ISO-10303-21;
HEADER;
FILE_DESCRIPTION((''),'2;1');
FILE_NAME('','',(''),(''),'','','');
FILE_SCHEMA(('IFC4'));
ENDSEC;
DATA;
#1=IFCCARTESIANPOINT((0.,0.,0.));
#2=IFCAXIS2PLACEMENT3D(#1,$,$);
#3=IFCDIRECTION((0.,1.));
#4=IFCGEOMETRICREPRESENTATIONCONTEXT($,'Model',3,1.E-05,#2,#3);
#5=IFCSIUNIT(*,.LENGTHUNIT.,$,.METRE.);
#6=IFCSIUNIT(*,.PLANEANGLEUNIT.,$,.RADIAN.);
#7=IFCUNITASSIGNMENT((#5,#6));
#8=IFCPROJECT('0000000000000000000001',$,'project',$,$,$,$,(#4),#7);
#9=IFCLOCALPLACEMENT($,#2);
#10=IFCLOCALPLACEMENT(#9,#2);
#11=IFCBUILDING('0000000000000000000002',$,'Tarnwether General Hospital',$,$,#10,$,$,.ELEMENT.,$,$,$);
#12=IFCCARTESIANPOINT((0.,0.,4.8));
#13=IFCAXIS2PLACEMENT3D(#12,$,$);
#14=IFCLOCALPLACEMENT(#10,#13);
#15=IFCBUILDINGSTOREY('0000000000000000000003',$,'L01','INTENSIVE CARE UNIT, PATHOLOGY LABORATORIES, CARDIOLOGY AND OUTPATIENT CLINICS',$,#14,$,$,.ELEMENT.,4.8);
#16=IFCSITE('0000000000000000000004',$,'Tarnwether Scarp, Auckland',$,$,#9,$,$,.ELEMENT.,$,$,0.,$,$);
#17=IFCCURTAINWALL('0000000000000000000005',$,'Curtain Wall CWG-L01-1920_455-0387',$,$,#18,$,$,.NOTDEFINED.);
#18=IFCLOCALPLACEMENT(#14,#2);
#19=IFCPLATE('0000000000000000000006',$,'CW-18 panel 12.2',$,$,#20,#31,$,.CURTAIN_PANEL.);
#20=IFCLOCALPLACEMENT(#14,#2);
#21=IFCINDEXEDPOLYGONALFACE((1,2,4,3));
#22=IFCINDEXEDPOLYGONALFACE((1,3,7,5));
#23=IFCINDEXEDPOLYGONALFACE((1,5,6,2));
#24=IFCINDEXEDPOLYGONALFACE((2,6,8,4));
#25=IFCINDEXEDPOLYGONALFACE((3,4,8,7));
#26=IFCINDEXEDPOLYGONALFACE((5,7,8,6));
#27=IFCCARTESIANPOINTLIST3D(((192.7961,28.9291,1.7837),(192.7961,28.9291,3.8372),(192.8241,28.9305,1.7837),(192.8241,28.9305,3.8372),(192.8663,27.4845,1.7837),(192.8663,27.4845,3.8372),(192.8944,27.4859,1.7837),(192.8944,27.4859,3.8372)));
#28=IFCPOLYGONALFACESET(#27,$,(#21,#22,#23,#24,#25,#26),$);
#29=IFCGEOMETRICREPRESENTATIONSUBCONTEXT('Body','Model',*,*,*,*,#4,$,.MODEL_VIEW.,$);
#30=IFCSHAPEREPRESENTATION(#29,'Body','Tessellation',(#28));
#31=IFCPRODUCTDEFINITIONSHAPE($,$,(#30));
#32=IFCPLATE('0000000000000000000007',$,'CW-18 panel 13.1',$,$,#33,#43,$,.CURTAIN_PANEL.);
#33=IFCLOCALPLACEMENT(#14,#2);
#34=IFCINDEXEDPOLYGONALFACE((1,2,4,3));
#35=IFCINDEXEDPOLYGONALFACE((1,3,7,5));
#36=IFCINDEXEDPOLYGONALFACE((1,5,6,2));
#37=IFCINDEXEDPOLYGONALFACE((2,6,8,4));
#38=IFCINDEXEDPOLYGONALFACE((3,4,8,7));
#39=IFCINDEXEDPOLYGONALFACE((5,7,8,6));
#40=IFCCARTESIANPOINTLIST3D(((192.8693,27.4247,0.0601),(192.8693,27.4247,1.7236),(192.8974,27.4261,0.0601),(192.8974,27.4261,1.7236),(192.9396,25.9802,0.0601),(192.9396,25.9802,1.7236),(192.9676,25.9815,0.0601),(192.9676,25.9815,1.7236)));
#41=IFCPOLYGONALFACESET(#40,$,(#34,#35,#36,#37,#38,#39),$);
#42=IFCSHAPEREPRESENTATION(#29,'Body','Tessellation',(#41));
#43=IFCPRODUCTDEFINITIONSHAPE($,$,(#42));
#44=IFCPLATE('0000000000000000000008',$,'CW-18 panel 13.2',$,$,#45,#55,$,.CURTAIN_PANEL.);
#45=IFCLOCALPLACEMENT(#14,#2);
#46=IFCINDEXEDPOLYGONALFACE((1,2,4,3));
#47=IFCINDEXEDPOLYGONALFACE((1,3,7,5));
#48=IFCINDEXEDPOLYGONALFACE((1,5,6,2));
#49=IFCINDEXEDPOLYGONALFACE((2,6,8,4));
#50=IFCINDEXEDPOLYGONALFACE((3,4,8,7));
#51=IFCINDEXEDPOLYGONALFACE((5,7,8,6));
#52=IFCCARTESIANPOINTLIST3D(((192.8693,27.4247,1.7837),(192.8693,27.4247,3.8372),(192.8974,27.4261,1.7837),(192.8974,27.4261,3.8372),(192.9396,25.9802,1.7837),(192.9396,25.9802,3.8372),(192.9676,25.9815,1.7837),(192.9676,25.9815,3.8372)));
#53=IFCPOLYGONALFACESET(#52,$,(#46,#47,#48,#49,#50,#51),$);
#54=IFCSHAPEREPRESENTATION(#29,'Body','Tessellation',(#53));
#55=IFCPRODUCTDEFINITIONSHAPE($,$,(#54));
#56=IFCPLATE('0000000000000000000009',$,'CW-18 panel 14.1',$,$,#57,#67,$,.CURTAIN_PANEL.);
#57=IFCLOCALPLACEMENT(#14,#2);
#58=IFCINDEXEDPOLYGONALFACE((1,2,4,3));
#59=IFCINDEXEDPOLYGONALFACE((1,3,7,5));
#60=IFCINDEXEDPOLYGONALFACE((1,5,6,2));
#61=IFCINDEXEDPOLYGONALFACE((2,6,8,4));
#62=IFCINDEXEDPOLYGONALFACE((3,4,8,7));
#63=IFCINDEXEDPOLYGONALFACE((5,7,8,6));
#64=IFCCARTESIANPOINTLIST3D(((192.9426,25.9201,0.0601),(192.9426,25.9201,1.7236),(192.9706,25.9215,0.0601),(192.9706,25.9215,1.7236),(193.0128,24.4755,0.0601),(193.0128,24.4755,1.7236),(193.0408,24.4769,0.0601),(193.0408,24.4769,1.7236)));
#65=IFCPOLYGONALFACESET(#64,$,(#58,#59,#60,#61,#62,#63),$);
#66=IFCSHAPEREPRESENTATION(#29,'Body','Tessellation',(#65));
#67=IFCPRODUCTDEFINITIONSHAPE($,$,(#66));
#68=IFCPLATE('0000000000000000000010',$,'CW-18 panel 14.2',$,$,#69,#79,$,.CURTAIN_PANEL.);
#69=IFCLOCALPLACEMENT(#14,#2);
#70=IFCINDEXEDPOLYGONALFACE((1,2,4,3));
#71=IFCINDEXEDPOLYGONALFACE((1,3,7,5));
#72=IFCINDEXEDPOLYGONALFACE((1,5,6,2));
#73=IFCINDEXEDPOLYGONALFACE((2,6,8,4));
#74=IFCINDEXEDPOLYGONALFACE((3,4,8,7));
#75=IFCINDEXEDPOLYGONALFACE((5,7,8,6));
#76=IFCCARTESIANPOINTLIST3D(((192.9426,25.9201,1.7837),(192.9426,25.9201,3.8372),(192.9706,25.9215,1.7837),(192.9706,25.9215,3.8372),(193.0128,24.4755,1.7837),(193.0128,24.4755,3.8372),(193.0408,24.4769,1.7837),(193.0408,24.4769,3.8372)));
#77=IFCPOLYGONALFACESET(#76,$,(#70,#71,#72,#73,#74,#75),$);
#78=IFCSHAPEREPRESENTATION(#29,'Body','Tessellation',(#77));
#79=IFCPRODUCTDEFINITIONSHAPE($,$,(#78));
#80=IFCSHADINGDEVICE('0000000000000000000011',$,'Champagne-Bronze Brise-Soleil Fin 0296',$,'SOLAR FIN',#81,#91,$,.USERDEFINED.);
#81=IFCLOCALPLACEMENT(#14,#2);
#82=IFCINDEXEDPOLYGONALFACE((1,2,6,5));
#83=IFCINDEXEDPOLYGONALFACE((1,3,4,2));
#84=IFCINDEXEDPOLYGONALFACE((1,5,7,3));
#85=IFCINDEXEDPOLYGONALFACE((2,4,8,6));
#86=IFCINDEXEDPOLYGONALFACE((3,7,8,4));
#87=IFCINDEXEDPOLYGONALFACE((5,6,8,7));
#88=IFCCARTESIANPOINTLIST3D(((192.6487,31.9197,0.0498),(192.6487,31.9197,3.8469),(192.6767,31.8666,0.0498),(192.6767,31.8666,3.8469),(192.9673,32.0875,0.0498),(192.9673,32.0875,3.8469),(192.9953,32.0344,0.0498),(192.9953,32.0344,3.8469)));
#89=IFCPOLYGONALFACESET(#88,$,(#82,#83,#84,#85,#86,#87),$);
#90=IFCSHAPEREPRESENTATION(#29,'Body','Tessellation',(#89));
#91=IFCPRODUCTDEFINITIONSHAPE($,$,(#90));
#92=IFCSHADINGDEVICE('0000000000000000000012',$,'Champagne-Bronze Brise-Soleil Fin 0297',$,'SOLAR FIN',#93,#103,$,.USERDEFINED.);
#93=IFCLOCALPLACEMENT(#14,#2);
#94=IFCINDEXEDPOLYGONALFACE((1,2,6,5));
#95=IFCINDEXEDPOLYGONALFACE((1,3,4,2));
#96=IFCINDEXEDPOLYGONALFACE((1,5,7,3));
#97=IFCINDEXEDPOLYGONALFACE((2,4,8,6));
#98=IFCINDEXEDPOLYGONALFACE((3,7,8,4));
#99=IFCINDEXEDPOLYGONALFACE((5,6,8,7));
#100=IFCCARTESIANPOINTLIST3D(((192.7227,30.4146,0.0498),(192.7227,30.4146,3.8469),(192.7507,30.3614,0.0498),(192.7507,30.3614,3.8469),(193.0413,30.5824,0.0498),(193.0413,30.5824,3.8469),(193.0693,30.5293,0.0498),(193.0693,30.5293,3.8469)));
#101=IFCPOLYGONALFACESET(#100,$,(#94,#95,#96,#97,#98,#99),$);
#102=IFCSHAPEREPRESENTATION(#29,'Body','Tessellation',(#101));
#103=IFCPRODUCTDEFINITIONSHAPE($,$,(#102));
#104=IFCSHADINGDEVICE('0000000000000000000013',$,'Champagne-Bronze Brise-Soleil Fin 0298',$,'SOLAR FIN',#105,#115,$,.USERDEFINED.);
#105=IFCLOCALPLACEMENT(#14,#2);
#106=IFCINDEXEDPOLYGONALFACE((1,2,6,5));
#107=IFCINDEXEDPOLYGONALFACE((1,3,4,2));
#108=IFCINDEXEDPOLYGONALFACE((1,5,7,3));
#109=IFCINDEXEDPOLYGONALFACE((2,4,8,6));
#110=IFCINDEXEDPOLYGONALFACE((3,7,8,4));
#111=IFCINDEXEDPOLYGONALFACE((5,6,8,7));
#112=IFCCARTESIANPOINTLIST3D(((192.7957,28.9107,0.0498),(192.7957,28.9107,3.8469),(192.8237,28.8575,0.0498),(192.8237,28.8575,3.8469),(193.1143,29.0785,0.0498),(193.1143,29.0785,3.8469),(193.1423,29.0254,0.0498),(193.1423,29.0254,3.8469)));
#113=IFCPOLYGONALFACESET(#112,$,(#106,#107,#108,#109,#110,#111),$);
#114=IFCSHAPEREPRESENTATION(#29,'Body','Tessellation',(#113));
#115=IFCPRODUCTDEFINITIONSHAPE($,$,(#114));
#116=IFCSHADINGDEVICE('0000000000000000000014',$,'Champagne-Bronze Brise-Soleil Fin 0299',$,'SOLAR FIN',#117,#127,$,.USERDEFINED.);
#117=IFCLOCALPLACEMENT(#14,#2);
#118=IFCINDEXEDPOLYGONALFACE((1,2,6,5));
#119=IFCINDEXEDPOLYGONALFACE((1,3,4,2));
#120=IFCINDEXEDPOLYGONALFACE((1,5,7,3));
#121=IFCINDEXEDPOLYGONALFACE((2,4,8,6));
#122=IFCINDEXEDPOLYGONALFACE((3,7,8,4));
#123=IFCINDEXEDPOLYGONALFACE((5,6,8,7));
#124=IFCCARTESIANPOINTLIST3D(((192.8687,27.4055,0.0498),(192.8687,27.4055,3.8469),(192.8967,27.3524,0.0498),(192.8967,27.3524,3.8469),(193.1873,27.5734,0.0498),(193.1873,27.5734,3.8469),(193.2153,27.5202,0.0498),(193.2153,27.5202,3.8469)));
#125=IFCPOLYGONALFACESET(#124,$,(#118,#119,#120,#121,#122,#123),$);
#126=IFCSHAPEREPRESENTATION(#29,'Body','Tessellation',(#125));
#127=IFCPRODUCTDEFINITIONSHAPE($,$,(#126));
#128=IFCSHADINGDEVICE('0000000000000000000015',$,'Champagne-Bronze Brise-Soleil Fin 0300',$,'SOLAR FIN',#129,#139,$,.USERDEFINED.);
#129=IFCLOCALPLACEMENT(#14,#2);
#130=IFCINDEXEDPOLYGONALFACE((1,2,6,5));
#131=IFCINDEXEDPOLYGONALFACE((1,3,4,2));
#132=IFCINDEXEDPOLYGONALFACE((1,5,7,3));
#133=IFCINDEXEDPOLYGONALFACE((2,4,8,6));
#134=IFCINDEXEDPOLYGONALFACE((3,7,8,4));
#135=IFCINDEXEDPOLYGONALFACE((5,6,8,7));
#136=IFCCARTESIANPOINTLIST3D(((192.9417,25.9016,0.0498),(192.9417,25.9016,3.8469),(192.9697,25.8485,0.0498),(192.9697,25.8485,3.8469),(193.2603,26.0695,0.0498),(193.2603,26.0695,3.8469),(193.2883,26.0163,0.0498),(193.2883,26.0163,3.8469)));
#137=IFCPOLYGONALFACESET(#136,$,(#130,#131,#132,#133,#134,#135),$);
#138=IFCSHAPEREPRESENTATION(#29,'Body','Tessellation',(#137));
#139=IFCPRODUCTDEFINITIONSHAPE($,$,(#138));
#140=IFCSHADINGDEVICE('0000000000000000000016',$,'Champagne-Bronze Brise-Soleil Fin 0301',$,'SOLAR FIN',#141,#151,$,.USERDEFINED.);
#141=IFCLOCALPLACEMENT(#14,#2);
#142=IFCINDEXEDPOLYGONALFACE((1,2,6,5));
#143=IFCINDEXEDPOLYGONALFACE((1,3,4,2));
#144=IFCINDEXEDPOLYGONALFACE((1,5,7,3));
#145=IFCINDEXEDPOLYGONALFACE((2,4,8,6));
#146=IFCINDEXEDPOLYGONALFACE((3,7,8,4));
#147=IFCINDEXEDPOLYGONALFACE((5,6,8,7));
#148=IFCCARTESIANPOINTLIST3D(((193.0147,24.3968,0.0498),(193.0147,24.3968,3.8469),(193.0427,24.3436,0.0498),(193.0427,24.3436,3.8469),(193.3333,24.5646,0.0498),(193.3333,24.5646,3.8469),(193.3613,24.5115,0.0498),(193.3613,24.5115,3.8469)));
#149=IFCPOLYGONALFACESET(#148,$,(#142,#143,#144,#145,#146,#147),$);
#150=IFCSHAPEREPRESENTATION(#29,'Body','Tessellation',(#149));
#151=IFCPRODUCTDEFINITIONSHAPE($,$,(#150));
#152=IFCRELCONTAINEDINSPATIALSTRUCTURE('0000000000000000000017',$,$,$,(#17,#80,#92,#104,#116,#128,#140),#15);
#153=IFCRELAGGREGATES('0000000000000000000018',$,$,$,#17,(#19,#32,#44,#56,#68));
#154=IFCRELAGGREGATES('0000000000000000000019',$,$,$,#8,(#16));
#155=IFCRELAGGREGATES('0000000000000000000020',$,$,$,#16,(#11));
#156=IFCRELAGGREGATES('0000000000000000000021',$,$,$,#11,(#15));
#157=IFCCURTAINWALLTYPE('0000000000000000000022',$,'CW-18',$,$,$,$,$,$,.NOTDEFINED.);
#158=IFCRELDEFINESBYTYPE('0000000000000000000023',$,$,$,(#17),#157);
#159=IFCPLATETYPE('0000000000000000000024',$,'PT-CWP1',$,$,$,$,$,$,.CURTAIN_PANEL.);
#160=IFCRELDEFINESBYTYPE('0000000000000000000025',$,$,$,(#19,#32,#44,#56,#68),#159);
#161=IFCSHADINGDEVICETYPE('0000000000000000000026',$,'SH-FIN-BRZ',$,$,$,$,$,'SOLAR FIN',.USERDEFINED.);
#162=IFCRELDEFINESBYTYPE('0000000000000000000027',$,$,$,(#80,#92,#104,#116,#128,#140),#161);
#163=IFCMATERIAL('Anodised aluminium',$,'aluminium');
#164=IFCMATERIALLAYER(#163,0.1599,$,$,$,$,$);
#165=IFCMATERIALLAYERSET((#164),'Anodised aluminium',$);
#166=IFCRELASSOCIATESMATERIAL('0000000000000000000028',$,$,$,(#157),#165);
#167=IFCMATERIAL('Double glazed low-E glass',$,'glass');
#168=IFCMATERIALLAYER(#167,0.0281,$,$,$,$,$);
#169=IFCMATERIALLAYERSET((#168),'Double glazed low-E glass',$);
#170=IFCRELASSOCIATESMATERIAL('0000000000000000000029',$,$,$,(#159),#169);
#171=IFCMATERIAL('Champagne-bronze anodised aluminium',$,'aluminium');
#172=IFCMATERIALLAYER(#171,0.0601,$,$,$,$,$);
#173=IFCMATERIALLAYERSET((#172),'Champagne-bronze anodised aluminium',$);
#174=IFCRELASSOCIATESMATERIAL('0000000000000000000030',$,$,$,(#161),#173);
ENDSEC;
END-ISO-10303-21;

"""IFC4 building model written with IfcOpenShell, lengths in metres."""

from ifc_helpers import new_model, si_unit, direction, frame, origin, origin_2d, place, context, subcontext, project, spatial, rectangle, extrude, material, layer, layer_set, type_object, element, aggregate, save


model = new_model("IFC4")

# Units and contexts
model_context = context("Model", 3, precision=1e-05, world=origin(), true_north=direction((0.0, 1.0)))
body_context = subcontext(model_context, "Body", "Model", "MODEL_VIEW")
ifc_project = project(units=[si_unit("LENGTHUNIT", "METRE"), si_unit("PLANEANGLEUNIT", "RADIAN")], contexts=[model_context])

# Site, building, storey
site_placement = place(None, origin())
site = spatial("IfcSite", under=ifc_project, at=site_placement, Name="Tarnwether Scarp, Auckland", CompositionType="ELEMENT", RefElevation=0.0)
building_placement = place(site_placement, origin())
building = spatial("IfcBuilding", under=site, at=building_placement, Name="Tarnwether General Hospital", CompositionType="ELEMENT")
storey_placement = place(building_placement, frame((0.0, 0.0, 4.8)))
storey = spatial("IfcBuildingStorey", under=building, at=storey_placement, Name="L01", Description="INTENSIVE CARE UNIT, PATHOLOGY LABORATORIES, CARDIOLOGY AND OUTPATIENT CLINICS", CompositionType="ELEMENT", Elevation=4.8)

# Curtain wall, plates
ifc_material_1 = material(Name="Anodised aluminium", Category="aluminium")
ifc_layer_1 = layer(ifc_material_1, 0.1599)
ifc_layer_set_1 = layer_set([ifc_layer_1], Name="Anodised aluminium")
curtain_wall_type = type_object("IfcCurtainWallType", Name="CW-18", PredefinedType="NOTDEFINED", material=ifc_layer_set_1)
curtain_wall_placement = place(storey_placement, origin())
curtain_wall = element("IfcCurtainWall", 1, at=curtain_wall_placement, inside=storey, type_object=curtain_wall_type, Name="Curtain Wall CWG-L01-1920_455-0387", PredefinedType="NOTDEFINED")
ifc_material_2 = material(Name="Double glazed low-E glass", Category="glass")
ifc_layer_2 = layer(ifc_material_2, 0.0281)
ifc_layer_set_2 = layer_set([ifc_layer_2], Name="Double glazed low-E glass")
plate_type = type_object("IfcPlateType", Name="PT-CWP1", PredefinedType="CURTAIN_PANEL", material=ifc_layer_set_2)
plate_1_placement = place(storey_placement, frame((192.8452, 28.2075, 1.7837), z_axis=(0.0, 0.0, 1.0), x_axis=(0.04857, -0.99882, 0.0)))
plate_1 = element("IfcPlate", 2, at=plate_1_placement, type_object=plate_type, Name="CW-18 panel 12.2", PredefinedType="CURTAIN_PANEL", context=body_context, shape_type="SweptSolid", body=[
    extrude(rectangle(XDim=1.4463, YDim=0.0281, at=origin_2d()), origin(), (0.0, 0.0, 1.0), 2.0535),
])
plate_2_placement = place(storey_placement, frame((192.9185, 26.7031, 0.0601), z_axis=(0.0, 0.0, 1.0), x_axis=(0.04857, -0.99882, 0.0)))
plate_2 = element("IfcPlate", 3, at=plate_2_placement, type_object=plate_type, Name="CW-18 panel 13.1", PredefinedType="CURTAIN_PANEL", context=body_context, shape_type="SweptSolid", body=[
    extrude(rectangle(XDim=1.4463, YDim=0.0281, at=origin_2d()), origin(), (0.0, 0.0, 1.0), 1.6636),
])
plate_3_placement = place(storey_placement, frame((192.9185, 26.7031, 1.7837), z_axis=(0.0, 0.0, 1.0), x_axis=(0.04857, -0.99882, 0.0)))
plate_3 = element("IfcPlate", 4, at=plate_3_placement, type_object=plate_type, Name="CW-18 panel 13.2", PredefinedType="CURTAIN_PANEL", context=body_context, shape_type="SweptSolid", body=[
    extrude(rectangle(XDim=1.4463, YDim=0.0281, at=origin_2d()), origin(), (0.0, 0.0, 1.0), 2.0535),
])
plate_4_placement = place(storey_placement, frame((192.9917, 25.1985, 0.0601), z_axis=(0.0, 0.0, 1.0), x_axis=(0.04857, -0.99882, 0.0)))
plate_4 = element("IfcPlate", 5, at=plate_4_placement, type_object=plate_type, Name="CW-18 panel 14.1", PredefinedType="CURTAIN_PANEL", context=body_context, shape_type="SweptSolid", body=[
    extrude(rectangle(XDim=1.4463, YDim=0.0281, at=origin_2d()), origin(), (0.0, 0.0, 1.0), 1.6636),
])
plate_5_placement = place(storey_placement, frame((192.9917, 25.1985, 1.7837), z_axis=(0.0, 0.0, 1.0), x_axis=(0.04857, -0.99882, 0.0)))
plate_5 = element("IfcPlate", 6, at=plate_5_placement, type_object=plate_type, Name="CW-18 panel 14.2", PredefinedType="CURTAIN_PANEL", context=body_context, shape_type="SweptSolid", body=[
    extrude(rectangle(XDim=1.4463, YDim=0.0281, at=origin_2d()), origin(), (0.0, 0.0, 1.0), 2.0535),
])
aggregate(curtain_wall, [plate_1, plate_2, plate_3, plate_4, plate_5])

# Shading devices
ifc_material_3 = material(Name="Champagne-bronze anodised aluminium", Category="aluminium")
ifc_layer_3 = layer(ifc_material_3, 0.0601)
ifc_layer_set_3 = layer_set([ifc_layer_3], Name="Champagne-bronze anodised aluminium")
shading_device_type = type_object("IfcShadingDeviceType", Name="SH-FIN-BRZ", ElementType="SOLAR FIN", PredefinedType="USERDEFINED", material=ifc_layer_set_3)
for number, where, z_axis, x_axis, name in (
    (7, (192.822, 31.9771, 0.0498), (0.0, 0.0, 1.0), (0.466078, -0.884744, 0.0), "Champagne-Bronze Brise-Soleil Fin 0296"),
    (8, (192.896, 30.4719, 0.0498), (0.0, 0.0, 1.0), (0.466078, -0.884744, 0.0), "Champagne-Bronze Brise-Soleil Fin 0297"),
    (9, (192.969, 28.968, 0.0498), (0.0, 0.0, 1.0), (0.466078, -0.884744, 0.0), "Champagne-Bronze Brise-Soleil Fin 0298"),
    (10, (193.042, 27.4629, 0.0498), (0.0, 0.0, 1.0), (0.466078, -0.884744, 0.0), "Champagne-Bronze Brise-Soleil Fin 0299"),
    (11, (193.115, 25.959, 0.0498), (0.0, 0.0, 1.0), (0.466078, -0.884744, 0.0), "Champagne-Bronze Brise-Soleil Fin 0300"),
    (12, (193.188, 24.4541, 0.0498), (0.0, 0.0, 1.0), (0.466078, -0.884744, 0.0), "Champagne-Bronze Brise-Soleil Fin 0301"),
):
    element("IfcShadingDevice", number, at=place(storey_placement, frame(where, z_axis=z_axis, x_axis=x_axis)), inside=storey, type_object=shading_device_type, Name=name, ObjectType="SOLAR FIN", PredefinedType="USERDEFINED", context=body_context, shape_type="SweptSolid", body=[
        extrude(rectangle(XDim=0.0601, YDim=0.3601, at=origin_2d()), origin(), (0.0, 0.0, 1.0), 3.7971),
    ])

save(model, "model.ifc")
